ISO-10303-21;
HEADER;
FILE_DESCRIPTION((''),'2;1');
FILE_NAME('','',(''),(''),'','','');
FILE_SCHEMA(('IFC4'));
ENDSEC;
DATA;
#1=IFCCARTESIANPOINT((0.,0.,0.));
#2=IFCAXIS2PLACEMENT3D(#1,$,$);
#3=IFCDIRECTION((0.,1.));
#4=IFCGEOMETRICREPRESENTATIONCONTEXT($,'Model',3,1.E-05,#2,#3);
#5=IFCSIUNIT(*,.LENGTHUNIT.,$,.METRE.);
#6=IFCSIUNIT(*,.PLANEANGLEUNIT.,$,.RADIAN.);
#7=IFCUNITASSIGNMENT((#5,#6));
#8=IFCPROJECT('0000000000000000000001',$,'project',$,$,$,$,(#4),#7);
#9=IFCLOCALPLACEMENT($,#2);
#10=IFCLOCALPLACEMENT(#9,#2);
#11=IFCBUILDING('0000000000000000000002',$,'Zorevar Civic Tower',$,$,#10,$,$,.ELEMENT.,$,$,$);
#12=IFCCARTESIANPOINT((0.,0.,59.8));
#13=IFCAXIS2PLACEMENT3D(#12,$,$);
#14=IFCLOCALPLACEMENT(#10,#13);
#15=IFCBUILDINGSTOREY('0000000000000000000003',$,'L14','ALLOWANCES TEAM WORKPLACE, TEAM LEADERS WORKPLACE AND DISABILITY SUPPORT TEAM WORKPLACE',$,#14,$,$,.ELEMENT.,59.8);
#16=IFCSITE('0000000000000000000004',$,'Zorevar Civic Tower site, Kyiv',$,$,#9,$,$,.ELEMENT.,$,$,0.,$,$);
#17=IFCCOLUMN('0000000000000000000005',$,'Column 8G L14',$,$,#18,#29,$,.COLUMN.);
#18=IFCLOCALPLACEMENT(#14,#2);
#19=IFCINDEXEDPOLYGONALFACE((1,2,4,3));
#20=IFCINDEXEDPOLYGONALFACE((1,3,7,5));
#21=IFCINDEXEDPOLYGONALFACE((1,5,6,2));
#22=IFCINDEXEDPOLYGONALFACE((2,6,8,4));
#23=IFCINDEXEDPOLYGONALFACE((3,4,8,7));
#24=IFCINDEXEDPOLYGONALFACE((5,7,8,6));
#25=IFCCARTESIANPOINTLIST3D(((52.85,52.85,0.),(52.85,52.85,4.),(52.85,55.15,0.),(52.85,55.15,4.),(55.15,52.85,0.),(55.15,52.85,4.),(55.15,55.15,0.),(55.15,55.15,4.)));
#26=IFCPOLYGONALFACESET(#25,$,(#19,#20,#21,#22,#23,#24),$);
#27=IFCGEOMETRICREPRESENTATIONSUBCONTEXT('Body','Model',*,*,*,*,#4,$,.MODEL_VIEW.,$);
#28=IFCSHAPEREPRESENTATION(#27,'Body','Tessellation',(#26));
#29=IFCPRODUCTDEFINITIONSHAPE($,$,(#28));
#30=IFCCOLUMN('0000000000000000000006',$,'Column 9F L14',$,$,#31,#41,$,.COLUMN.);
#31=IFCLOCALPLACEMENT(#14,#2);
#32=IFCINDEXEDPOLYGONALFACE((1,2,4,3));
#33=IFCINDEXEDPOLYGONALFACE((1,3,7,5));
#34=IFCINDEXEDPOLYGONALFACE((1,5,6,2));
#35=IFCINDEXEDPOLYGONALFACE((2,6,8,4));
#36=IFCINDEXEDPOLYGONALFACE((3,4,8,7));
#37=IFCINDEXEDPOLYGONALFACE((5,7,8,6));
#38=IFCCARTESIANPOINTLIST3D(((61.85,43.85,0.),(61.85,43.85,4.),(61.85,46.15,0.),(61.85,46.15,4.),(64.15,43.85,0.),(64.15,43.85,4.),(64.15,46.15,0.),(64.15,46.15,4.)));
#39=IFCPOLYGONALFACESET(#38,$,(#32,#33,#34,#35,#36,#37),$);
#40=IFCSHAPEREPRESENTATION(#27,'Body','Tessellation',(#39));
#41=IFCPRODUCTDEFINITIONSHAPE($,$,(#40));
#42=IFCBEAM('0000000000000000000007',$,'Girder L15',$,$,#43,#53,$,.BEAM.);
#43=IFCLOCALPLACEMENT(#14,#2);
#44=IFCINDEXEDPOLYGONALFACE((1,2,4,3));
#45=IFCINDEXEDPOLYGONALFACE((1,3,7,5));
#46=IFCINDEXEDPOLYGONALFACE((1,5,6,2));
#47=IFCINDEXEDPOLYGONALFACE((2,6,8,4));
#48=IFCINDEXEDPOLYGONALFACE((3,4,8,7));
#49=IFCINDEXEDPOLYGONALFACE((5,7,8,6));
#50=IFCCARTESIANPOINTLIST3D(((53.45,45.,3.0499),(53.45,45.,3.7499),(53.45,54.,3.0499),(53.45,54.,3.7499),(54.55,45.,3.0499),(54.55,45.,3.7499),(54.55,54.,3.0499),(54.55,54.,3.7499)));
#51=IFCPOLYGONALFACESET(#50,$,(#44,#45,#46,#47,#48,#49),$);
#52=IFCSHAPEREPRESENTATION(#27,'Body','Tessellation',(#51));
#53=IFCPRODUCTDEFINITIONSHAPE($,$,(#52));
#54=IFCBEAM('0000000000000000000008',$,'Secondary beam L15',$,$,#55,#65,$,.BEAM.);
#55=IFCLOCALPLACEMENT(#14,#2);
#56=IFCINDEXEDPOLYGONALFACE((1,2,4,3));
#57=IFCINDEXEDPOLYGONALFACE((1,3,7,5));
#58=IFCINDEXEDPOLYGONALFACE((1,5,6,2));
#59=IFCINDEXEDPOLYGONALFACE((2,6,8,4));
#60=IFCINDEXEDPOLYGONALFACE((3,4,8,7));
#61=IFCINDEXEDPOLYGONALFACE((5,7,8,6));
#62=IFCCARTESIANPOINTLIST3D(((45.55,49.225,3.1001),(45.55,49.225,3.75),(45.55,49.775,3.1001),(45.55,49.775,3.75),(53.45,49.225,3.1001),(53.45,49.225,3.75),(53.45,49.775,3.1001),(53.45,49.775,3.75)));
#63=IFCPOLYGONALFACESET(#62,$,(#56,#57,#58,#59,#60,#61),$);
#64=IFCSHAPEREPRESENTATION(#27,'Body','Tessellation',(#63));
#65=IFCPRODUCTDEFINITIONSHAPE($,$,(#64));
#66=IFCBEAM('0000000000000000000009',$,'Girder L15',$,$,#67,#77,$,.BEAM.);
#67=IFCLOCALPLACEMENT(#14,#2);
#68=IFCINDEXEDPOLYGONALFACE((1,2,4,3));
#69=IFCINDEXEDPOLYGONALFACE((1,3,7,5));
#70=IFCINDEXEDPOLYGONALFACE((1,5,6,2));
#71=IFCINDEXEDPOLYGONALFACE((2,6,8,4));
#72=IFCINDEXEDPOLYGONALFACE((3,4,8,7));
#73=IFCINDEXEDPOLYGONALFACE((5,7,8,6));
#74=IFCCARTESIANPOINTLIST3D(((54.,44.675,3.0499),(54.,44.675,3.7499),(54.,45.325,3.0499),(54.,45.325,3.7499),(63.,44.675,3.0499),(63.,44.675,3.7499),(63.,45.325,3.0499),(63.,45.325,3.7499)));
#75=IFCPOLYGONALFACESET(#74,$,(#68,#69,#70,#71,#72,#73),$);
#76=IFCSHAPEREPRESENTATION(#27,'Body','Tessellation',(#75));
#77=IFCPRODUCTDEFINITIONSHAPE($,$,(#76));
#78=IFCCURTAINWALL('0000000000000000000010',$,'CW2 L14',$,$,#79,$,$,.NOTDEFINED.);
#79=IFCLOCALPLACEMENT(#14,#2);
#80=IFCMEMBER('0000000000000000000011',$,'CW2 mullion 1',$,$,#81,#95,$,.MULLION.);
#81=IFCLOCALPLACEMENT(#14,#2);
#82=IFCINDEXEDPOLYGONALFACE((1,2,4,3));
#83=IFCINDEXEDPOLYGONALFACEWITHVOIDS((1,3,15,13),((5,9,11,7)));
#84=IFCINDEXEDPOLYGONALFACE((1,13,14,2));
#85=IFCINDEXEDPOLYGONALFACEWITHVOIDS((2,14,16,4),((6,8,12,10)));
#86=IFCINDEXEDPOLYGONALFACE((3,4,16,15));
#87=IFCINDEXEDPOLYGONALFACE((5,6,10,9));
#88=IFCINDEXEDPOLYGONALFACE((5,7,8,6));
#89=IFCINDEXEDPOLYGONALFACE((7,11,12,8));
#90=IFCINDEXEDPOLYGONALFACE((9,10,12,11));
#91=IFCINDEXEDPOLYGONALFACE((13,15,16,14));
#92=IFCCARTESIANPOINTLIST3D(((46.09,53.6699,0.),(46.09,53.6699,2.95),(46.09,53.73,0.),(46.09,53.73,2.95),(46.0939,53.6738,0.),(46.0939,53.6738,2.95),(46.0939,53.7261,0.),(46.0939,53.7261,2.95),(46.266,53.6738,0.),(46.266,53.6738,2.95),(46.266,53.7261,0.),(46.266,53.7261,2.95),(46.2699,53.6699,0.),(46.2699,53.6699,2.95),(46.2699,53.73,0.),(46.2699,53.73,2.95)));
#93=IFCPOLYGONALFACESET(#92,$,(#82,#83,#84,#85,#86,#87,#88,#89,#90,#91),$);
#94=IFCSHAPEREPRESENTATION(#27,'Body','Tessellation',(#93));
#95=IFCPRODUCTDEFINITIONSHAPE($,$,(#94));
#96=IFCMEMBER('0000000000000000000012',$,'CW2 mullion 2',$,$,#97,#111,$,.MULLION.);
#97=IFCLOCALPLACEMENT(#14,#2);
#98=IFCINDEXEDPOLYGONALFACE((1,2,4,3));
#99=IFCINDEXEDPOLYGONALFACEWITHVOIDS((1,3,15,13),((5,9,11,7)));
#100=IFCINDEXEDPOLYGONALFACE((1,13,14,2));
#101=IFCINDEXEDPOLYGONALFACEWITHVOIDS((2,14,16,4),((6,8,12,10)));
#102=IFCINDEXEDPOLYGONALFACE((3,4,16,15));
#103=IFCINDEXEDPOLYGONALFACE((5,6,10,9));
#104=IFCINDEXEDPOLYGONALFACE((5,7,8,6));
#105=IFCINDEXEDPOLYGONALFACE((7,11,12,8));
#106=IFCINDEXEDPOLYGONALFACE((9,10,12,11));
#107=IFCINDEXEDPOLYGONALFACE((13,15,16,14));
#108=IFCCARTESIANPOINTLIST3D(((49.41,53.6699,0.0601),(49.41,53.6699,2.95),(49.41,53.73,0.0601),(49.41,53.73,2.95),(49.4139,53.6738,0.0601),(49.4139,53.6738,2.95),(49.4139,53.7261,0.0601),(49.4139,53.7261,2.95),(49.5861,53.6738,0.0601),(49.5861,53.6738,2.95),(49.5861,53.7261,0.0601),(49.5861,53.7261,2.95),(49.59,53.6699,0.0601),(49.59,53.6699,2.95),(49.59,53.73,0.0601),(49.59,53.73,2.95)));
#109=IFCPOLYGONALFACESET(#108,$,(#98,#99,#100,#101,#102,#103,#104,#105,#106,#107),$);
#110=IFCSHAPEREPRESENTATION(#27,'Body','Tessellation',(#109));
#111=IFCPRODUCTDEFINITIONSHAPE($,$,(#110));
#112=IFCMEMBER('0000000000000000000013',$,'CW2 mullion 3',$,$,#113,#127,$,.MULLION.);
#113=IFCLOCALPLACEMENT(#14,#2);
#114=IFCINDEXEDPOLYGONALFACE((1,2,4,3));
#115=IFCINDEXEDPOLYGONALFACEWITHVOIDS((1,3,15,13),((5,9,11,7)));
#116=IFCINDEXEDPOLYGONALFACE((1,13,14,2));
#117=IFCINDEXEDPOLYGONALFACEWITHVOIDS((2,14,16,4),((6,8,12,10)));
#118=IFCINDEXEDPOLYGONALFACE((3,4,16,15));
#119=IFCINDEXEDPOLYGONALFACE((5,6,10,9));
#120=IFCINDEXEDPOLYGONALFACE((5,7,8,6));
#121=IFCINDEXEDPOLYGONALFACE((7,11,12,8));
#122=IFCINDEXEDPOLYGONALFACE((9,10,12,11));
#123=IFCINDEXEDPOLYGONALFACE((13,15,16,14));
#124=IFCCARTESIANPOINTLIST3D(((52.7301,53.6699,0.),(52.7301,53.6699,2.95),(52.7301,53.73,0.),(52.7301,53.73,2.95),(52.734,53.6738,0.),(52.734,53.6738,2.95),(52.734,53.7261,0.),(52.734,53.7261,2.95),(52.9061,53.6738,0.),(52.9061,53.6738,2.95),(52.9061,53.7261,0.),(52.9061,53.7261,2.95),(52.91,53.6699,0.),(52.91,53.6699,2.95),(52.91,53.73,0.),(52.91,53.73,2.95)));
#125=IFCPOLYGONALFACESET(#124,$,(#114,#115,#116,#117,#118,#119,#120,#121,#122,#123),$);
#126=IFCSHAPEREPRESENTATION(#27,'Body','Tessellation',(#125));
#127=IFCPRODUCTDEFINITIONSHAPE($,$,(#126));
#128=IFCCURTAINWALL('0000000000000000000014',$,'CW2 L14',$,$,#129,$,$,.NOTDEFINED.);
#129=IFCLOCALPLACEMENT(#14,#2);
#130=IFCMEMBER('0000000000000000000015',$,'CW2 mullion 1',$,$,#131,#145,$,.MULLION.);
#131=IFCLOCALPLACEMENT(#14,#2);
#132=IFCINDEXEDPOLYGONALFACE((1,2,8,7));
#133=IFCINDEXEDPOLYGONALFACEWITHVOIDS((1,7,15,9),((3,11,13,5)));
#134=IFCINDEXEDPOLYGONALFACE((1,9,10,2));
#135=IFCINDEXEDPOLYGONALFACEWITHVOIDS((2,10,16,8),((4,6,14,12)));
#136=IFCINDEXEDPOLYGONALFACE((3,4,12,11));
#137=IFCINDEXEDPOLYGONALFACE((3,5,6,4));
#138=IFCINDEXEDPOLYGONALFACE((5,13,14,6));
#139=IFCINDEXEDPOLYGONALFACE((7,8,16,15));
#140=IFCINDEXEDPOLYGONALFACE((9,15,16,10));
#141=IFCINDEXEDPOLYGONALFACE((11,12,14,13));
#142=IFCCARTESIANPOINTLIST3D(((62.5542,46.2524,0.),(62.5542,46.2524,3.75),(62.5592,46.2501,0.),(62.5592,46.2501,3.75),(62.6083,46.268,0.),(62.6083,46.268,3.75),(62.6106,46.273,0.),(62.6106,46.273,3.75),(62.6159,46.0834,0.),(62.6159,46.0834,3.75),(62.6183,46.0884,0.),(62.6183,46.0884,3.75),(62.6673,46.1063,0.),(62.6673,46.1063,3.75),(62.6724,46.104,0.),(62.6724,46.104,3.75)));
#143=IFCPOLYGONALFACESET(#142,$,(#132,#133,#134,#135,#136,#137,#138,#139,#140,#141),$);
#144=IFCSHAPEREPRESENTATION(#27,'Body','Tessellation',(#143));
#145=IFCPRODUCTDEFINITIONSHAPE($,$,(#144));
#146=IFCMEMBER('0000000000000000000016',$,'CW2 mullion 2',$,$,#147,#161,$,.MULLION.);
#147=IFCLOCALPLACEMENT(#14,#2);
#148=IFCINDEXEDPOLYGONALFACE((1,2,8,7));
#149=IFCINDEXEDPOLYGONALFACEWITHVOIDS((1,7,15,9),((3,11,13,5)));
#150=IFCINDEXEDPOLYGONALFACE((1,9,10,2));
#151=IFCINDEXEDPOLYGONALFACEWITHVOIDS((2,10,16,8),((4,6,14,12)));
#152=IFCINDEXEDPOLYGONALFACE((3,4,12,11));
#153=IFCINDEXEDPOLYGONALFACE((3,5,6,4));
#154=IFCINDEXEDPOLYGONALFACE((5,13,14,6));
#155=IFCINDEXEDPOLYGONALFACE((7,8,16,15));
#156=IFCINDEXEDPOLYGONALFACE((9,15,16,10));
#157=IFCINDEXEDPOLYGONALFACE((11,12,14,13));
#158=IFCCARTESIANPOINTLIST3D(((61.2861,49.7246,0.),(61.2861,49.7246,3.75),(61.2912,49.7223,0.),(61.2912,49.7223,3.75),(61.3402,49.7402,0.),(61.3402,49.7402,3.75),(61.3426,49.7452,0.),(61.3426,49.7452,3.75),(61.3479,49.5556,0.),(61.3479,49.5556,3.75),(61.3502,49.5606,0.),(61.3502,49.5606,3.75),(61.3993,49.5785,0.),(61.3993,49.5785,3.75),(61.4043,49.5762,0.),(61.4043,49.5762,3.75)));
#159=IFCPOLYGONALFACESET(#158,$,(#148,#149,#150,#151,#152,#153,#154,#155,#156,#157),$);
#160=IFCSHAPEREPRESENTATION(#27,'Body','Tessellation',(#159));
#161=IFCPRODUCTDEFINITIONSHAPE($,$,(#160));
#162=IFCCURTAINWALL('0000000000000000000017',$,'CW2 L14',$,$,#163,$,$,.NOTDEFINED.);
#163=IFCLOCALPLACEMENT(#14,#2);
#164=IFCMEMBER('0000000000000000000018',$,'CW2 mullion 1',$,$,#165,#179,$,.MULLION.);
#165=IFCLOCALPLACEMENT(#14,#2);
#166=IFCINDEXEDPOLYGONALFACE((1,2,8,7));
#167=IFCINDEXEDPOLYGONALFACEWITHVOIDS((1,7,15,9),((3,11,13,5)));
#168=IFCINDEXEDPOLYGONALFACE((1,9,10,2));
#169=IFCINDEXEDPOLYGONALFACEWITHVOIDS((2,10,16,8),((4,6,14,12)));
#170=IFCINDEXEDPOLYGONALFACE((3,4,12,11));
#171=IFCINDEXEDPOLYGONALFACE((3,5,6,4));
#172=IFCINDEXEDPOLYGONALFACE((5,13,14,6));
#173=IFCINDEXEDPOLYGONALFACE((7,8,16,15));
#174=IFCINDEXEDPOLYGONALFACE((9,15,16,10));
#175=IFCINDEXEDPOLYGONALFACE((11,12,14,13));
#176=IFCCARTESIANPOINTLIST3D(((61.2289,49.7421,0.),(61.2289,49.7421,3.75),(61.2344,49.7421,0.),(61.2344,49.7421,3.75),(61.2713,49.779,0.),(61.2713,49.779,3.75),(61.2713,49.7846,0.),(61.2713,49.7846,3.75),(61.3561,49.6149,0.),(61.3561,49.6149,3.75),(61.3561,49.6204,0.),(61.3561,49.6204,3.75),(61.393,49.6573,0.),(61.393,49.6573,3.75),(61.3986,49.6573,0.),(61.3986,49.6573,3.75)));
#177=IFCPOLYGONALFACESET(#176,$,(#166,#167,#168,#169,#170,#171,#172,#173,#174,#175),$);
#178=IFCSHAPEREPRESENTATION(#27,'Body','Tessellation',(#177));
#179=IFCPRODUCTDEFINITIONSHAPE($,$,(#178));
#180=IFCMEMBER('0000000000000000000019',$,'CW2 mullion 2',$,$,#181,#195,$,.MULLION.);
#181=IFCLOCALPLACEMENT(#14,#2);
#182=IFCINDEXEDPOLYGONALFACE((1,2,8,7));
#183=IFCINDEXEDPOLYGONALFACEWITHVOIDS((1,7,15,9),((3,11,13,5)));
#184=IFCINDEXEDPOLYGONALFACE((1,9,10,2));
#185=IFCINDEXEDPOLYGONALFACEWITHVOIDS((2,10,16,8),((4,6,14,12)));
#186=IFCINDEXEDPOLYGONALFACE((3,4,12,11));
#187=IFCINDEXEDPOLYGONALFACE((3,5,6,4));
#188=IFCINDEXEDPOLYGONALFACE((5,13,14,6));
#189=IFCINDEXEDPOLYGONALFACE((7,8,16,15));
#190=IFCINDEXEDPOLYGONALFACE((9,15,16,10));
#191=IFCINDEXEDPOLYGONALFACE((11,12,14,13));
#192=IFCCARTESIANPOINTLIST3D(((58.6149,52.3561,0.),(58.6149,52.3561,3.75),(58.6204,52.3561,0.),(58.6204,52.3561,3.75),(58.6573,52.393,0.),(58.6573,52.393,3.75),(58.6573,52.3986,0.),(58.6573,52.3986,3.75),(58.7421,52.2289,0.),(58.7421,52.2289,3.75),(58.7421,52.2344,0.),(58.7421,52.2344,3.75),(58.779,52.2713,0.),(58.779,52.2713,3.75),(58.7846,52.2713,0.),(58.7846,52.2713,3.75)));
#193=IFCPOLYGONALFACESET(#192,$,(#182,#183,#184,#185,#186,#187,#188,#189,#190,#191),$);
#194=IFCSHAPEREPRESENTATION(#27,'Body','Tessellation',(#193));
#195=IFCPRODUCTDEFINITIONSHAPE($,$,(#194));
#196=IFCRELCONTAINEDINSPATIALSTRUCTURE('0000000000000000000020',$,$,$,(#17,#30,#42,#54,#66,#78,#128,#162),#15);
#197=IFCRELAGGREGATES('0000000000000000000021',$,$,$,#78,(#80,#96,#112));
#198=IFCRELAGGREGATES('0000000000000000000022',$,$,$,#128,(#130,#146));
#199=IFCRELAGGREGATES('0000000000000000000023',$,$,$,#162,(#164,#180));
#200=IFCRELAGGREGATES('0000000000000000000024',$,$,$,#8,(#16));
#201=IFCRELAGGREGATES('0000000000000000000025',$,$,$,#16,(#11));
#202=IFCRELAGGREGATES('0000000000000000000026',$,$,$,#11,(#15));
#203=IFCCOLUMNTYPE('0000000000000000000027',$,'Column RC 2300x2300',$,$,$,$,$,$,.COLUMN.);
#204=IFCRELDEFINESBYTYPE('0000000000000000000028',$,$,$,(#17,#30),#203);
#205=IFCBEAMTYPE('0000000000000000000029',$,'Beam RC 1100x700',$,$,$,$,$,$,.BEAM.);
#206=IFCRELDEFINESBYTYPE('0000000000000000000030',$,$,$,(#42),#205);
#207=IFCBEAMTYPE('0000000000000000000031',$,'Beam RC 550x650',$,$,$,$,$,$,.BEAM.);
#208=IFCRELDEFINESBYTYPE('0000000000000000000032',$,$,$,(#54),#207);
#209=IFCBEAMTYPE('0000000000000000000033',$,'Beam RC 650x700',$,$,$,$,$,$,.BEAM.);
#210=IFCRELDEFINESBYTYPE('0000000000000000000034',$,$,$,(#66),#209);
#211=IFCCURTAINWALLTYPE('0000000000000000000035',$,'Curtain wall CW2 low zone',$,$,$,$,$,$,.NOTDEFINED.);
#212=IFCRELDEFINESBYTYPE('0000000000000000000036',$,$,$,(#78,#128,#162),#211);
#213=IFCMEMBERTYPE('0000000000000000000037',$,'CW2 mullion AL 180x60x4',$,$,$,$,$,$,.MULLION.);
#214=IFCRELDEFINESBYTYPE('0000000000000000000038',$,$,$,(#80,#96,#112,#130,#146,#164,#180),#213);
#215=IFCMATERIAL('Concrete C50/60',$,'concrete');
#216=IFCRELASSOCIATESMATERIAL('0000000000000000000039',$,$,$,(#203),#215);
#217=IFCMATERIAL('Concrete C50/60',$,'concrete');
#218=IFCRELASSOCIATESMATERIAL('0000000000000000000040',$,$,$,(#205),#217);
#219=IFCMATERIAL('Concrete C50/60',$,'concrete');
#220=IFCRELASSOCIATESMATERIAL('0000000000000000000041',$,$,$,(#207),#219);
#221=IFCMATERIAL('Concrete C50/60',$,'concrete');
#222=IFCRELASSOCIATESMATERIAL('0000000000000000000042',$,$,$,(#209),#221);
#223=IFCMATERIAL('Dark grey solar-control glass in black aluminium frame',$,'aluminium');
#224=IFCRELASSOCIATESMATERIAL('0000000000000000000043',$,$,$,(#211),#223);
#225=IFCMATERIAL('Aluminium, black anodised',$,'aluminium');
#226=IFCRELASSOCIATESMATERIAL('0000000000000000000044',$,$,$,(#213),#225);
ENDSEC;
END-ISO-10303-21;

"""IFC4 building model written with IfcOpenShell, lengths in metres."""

from ifc_helpers import new_model, si_unit, direction, frame, origin, origin_2d, place, context, subcontext, project, spatial, rectangle, hollow_rectangle, extrude, material, material_profile, profile_set, type_object, element, aggregate, save


model = new_model("IFC4")

# Units and contexts
model_context = context("Model", 3, precision=1e-05, world=origin(), true_north=direction((0.0, 1.0)))
body_context = subcontext(model_context, "Body", "Model", "MODEL_VIEW")
ifc_project = project(units=[si_unit("LENGTHUNIT", "METRE"), si_unit("PLANEANGLEUNIT", "RADIAN")], contexts=[model_context])

# Site, building, storey
site_placement = place(None, origin())
site = spatial("IfcSite", under=ifc_project, at=site_placement, Name="Zorevar Civic Tower site, Kyiv", CompositionType="ELEMENT", RefElevation=0.0)
building_placement = place(site_placement, origin())
building = spatial("IfcBuilding", under=site, at=building_placement, Name="Zorevar Civic Tower", CompositionType="ELEMENT")
storey_placement = place(building_placement, frame((0.0, 0.0, 59.8)))
storey = spatial("IfcBuildingStorey", under=building, at=storey_placement, Name="L14", Description="ALLOWANCES TEAM WORKPLACE, TEAM LEADERS WORKPLACE AND DISABILITY SUPPORT TEAM WORKPLACE", CompositionType="ELEMENT", Elevation=59.8)

# Columns
ifc_material_1 = material(Name="Concrete C50/60", Category="concrete")
ifc_material_profile_1 = material_profile(ifc_material_1, rectangle(XDim=2.3, YDim=2.3, at=origin_2d()), Name="RC 2300x2300")
ifc_profile_set_1 = profile_set([ifc_material_profile_1], Name="Concrete C50/60")
column_type = type_object("IfcColumnType", Name="Column RC 2300x2300", PredefinedType="COLUMN", material=ifc_profile_set_1)
for number, where, z_axis, x_axis, name in (
    (1, (54.0, 54.0, 0.0), (0.0, 0.0, 1.0), (1.0, 0.0, 0.0), "Column 8G L14"),
    (2, (63.0, 45.0, 0.0), (0.0, 0.0, 1.0), (1.0, 0.0, 0.0), "Column 9F L14"),
):
    element("IfcColumn", number, at=place(storey_placement, frame(where, z_axis=z_axis, x_axis=x_axis)), inside=storey, type_object=column_type, Name=name, PredefinedType="COLUMN", context=body_context, shape_type="SweptSolid", body=[
        extrude(rectangle(XDim=2.3, YDim=2.3, at=origin_2d()), origin(), (0.0, 0.0, 1.0), 4.0),
    ])

# Beams
ifc_material_2 = material(Name="Concrete C50/60", Category="concrete")
ifc_material_profile_2 = material_profile(ifc_material_2, rectangle(XDim=1.1001, YDim=0.7, at=origin_2d()), Name="RC 1100x700")
ifc_profile_set_2 = profile_set([ifc_material_profile_2], Name="Concrete C50/60")
beam_type_1 = type_object("IfcBeamType", Name="Beam RC 1100x700", PredefinedType="BEAM", material=ifc_profile_set_2)
beam_1_placement = place(storey_placement, frame((54.0, 45.0, 3.3999), z_axis=(0.0, 1.0, 0.0), x_axis=(-1.0, 0.0, 0.0)))
element("IfcBeam", 3, at=beam_1_placement, inside=storey, type_object=beam_type_1, Name="Girder L15", PredefinedType="BEAM", context=body_context, shape_type="SweptSolid", body=[
    extrude(rectangle(XDim=1.1001, YDim=0.7, at=origin_2d()), origin(), (0.0, 0.0, 1.0), 9.0),
])
ifc_material_3 = material(Name="Concrete C50/60", Category="concrete")
ifc_material_profile_3 = material_profile(ifc_material_3, rectangle(XDim=0.55, YDim=0.6499, at=origin_2d()), Name="RC 550x650")
ifc_profile_set_3 = profile_set([ifc_material_profile_3], Name="Concrete C50/60")
beam_type_2 = type_object("IfcBeamType", Name="Beam RC 550x650", PredefinedType="BEAM", material=ifc_profile_set_3)
beam_2_placement = place(storey_placement, frame((45.55, 49.5, 3.425), z_axis=(1.0, 0.0, 0.0), x_axis=(0.0, 1.0, 0.0)))
element("IfcBeam", 4, at=beam_2_placement, inside=storey, type_object=beam_type_2, Name="Secondary beam L15", PredefinedType="BEAM", context=body_context, shape_type="SweptSolid", body=[
    extrude(rectangle(XDim=0.55, YDim=0.6499, at=origin_2d()), origin(), (0.0, 0.0, 1.0), 7.8999),
])
ifc_material_4 = material(Name="Concrete C50/60", Category="concrete")
ifc_material_profile_4 = material_profile(ifc_material_4, rectangle(XDim=0.6499, YDim=0.7, at=origin_2d()), Name="RC 650x700")
ifc_profile_set_4 = profile_set([ifc_material_profile_4], Name="Concrete C50/60")
beam_type_3 = type_object("IfcBeamType", Name="Beam RC 650x700", PredefinedType="BEAM", material=ifc_profile_set_4)
beam_3_placement = place(storey_placement, frame((54.0, 45.0, 3.3999), z_axis=(1.0, 0.0, 0.0), x_axis=(0.0, 1.0, 0.0)))
element("IfcBeam", 5, at=beam_3_placement, inside=storey, type_object=beam_type_3, Name="Girder L15", PredefinedType="BEAM", context=body_context, shape_type="SweptSolid", body=[
    extrude(rectangle(XDim=0.6499, YDim=0.7, at=origin_2d()), origin(), (0.0, 0.0, 1.0), 9.0),
])

# Curtain walls, members
ifc_material_5 = material(Name="Dark grey solar-control glass in black aluminium frame", Category="aluminium")
curtain_wall_type = type_object("IfcCurtainWallType", Name="Curtain wall CW2 low zone", PredefinedType="NOTDEFINED", material=ifc_material_5)
curtain_wall_1_placement = place(storey_placement, origin())
curtain_wall_1 = element("IfcCurtainWall", 6, at=curtain_wall_1_placement, inside=storey, type_object=curtain_wall_type, Name="CW2 L14", PredefinedType="NOTDEFINED")
ifc_material_6 = material(Name="Aluminium, black anodised", Category="aluminium")
ifc_material_profile_5 = material_profile(ifc_material_6, hollow_rectangle(XDim=0.0601, YDim=0.1799, WallThickness=0.0039, at=origin_2d()), Name="AL 180x60x4")
ifc_profile_set_5 = profile_set([ifc_material_profile_5], Name="Aluminium, black anodised")
member_type_1 = type_object("IfcMemberType", Name="CW2 mullion AL 180x60x4", PredefinedType="MULLION", material=ifc_profile_set_5)
member_1_placement = place(storey_placement, frame((46.1799, 53.7, 0.0), z_axis=(0.0, 0.0, 1.0), x_axis=(0.0, 1.0, 0.0)))
member_1 = element("IfcMember", 7, at=member_1_placement, type_object=member_type_1, Name="CW2 mullion 1", PredefinedType="MULLION", context=body_context, shape_type="SweptSolid", body=[
    extrude(hollow_rectangle(XDim=0.0601, YDim=0.1799, WallThickness=0.0039, at=origin_2d()), origin(), (0.0, 0.0, 1.0), 2.95),
])
member_2_placement = place(storey_placement, frame((49.5, 53.7, 0.0601), z_axis=(0.0, 0.0, 1.0), x_axis=(0.0, 1.0, 0.0)))
member_2 = element("IfcMember", 8, at=member_2_placement, type_object=member_type_1, Name="CW2 mullion 2", PredefinedType="MULLION", context=body_context, shape_type="SweptSolid", body=[
    extrude(hollow_rectangle(XDim=0.0601, YDim=0.1799, WallThickness=0.0039, at=origin_2d()), origin(), (0.0, 0.0, 1.0), 2.8899),
])
member_3_placement = place(storey_placement, frame((52.8201, 53.7, 0.0), z_axis=(0.0, 0.0, 1.0), x_axis=(0.0, 1.0, 0.0)))
member_3 = element("IfcMember", 9, at=member_3_placement, type_object=member_type_1, Name="CW2 mullion 3", PredefinedType="MULLION", context=body_context, shape_type="SweptSolid", body=[
    extrude(hollow_rectangle(XDim=0.0601, YDim=0.1799, WallThickness=0.0039, at=origin_2d()), origin(), (0.0, 0.0, 1.0), 2.95),
])
curtain_wall_2_placement = place(storey_placement, origin())
curtain_wall_2 = element("IfcCurtainWall", 10, at=curtain_wall_2_placement, inside=storey, type_object=curtain_wall_type, Name="CW2 L14", PredefinedType="NOTDEFINED")
member_4_placement = place(storey_placement, frame((62.6133, 46.1782, 0.0), z_axis=(0.0, 0.0, 1.0), x_axis=(-0.939313, -0.34306, 0.0)))
member_4 = element("IfcMember", 11, at=member_4_placement, type_object=member_type_1, Name="CW2 mullion 1", PredefinedType="MULLION", context=body_context, shape_type="SweptSolid", body=[
    extrude(hollow_rectangle(XDim=0.0601, YDim=0.1799, WallThickness=0.0039, at=origin_2d()), origin(), (0.0, 0.0, 1.0), 3.75),
])
member_5_placement = place(storey_placement, frame((61.3452, 49.6504, 0.0), z_axis=(0.0, 0.0, 1.0), x_axis=(-0.939313, -0.34306, 0.0)))
member_5 = element("IfcMember", 12, at=member_5_placement, type_object=member_type_1, Name="CW2 mullion 2", PredefinedType="MULLION", context=body_context, shape_type="SweptSolid", body=[
    extrude(hollow_rectangle(XDim=0.0601, YDim=0.1799, WallThickness=0.0039, at=origin_2d()), origin(), (0.0, 0.0, 1.0), 3.75),
])
curtain_wall_3_placement = place(storey_placement, origin())
curtain_wall_3 = element("IfcCurtainWall", 13, at=curtain_wall_3_placement, inside=storey, type_object=curtain_wall_type, Name="CW2 L14", PredefinedType="NOTDEFINED")
member_6_placement = place(storey_placement, frame((61.3137, 49.6997, 0.0), z_axis=(0.0, 0.0, 1.0), x_axis=(-0.707107, -0.707107, 0.0)))
member_6 = element("IfcMember", 14, at=member_6_placement, type_object=member_type_1, Name="CW2 mullion 1", PredefinedType="MULLION", context=body_context, shape_type="SweptSolid", body=[
    extrude(hollow_rectangle(XDim=0.0601, YDim=0.1799, WallThickness=0.0039, at=origin_2d()), origin(), (0.0, 0.0, 1.0), 3.75),
])
member_7_placement = place(storey_placement, frame((58.6997, 52.3137, 0.0), z_axis=(0.0, 0.0, 1.0), x_axis=(-0.707107, -0.707107, 0.0)))
member_7 = element("IfcMember", 15, at=member_7_placement, type_object=member_type_1, Name="CW2 mullion 2", PredefinedType="MULLION", context=body_context, shape_type="SweptSolid", body=[
    extrude(hollow_rectangle(XDim=0.0601, YDim=0.1799, WallThickness=0.0039, at=origin_2d()), origin(), (0.0, 0.0, 1.0), 3.75),
])

aggregate(curtain_wall_1, [member_1, member_2, member_3])
aggregate(curtain_wall_2, [member_4, member_5])
aggregate(curtain_wall_3, [member_6, member_7])

save(model, "model.ifc")
